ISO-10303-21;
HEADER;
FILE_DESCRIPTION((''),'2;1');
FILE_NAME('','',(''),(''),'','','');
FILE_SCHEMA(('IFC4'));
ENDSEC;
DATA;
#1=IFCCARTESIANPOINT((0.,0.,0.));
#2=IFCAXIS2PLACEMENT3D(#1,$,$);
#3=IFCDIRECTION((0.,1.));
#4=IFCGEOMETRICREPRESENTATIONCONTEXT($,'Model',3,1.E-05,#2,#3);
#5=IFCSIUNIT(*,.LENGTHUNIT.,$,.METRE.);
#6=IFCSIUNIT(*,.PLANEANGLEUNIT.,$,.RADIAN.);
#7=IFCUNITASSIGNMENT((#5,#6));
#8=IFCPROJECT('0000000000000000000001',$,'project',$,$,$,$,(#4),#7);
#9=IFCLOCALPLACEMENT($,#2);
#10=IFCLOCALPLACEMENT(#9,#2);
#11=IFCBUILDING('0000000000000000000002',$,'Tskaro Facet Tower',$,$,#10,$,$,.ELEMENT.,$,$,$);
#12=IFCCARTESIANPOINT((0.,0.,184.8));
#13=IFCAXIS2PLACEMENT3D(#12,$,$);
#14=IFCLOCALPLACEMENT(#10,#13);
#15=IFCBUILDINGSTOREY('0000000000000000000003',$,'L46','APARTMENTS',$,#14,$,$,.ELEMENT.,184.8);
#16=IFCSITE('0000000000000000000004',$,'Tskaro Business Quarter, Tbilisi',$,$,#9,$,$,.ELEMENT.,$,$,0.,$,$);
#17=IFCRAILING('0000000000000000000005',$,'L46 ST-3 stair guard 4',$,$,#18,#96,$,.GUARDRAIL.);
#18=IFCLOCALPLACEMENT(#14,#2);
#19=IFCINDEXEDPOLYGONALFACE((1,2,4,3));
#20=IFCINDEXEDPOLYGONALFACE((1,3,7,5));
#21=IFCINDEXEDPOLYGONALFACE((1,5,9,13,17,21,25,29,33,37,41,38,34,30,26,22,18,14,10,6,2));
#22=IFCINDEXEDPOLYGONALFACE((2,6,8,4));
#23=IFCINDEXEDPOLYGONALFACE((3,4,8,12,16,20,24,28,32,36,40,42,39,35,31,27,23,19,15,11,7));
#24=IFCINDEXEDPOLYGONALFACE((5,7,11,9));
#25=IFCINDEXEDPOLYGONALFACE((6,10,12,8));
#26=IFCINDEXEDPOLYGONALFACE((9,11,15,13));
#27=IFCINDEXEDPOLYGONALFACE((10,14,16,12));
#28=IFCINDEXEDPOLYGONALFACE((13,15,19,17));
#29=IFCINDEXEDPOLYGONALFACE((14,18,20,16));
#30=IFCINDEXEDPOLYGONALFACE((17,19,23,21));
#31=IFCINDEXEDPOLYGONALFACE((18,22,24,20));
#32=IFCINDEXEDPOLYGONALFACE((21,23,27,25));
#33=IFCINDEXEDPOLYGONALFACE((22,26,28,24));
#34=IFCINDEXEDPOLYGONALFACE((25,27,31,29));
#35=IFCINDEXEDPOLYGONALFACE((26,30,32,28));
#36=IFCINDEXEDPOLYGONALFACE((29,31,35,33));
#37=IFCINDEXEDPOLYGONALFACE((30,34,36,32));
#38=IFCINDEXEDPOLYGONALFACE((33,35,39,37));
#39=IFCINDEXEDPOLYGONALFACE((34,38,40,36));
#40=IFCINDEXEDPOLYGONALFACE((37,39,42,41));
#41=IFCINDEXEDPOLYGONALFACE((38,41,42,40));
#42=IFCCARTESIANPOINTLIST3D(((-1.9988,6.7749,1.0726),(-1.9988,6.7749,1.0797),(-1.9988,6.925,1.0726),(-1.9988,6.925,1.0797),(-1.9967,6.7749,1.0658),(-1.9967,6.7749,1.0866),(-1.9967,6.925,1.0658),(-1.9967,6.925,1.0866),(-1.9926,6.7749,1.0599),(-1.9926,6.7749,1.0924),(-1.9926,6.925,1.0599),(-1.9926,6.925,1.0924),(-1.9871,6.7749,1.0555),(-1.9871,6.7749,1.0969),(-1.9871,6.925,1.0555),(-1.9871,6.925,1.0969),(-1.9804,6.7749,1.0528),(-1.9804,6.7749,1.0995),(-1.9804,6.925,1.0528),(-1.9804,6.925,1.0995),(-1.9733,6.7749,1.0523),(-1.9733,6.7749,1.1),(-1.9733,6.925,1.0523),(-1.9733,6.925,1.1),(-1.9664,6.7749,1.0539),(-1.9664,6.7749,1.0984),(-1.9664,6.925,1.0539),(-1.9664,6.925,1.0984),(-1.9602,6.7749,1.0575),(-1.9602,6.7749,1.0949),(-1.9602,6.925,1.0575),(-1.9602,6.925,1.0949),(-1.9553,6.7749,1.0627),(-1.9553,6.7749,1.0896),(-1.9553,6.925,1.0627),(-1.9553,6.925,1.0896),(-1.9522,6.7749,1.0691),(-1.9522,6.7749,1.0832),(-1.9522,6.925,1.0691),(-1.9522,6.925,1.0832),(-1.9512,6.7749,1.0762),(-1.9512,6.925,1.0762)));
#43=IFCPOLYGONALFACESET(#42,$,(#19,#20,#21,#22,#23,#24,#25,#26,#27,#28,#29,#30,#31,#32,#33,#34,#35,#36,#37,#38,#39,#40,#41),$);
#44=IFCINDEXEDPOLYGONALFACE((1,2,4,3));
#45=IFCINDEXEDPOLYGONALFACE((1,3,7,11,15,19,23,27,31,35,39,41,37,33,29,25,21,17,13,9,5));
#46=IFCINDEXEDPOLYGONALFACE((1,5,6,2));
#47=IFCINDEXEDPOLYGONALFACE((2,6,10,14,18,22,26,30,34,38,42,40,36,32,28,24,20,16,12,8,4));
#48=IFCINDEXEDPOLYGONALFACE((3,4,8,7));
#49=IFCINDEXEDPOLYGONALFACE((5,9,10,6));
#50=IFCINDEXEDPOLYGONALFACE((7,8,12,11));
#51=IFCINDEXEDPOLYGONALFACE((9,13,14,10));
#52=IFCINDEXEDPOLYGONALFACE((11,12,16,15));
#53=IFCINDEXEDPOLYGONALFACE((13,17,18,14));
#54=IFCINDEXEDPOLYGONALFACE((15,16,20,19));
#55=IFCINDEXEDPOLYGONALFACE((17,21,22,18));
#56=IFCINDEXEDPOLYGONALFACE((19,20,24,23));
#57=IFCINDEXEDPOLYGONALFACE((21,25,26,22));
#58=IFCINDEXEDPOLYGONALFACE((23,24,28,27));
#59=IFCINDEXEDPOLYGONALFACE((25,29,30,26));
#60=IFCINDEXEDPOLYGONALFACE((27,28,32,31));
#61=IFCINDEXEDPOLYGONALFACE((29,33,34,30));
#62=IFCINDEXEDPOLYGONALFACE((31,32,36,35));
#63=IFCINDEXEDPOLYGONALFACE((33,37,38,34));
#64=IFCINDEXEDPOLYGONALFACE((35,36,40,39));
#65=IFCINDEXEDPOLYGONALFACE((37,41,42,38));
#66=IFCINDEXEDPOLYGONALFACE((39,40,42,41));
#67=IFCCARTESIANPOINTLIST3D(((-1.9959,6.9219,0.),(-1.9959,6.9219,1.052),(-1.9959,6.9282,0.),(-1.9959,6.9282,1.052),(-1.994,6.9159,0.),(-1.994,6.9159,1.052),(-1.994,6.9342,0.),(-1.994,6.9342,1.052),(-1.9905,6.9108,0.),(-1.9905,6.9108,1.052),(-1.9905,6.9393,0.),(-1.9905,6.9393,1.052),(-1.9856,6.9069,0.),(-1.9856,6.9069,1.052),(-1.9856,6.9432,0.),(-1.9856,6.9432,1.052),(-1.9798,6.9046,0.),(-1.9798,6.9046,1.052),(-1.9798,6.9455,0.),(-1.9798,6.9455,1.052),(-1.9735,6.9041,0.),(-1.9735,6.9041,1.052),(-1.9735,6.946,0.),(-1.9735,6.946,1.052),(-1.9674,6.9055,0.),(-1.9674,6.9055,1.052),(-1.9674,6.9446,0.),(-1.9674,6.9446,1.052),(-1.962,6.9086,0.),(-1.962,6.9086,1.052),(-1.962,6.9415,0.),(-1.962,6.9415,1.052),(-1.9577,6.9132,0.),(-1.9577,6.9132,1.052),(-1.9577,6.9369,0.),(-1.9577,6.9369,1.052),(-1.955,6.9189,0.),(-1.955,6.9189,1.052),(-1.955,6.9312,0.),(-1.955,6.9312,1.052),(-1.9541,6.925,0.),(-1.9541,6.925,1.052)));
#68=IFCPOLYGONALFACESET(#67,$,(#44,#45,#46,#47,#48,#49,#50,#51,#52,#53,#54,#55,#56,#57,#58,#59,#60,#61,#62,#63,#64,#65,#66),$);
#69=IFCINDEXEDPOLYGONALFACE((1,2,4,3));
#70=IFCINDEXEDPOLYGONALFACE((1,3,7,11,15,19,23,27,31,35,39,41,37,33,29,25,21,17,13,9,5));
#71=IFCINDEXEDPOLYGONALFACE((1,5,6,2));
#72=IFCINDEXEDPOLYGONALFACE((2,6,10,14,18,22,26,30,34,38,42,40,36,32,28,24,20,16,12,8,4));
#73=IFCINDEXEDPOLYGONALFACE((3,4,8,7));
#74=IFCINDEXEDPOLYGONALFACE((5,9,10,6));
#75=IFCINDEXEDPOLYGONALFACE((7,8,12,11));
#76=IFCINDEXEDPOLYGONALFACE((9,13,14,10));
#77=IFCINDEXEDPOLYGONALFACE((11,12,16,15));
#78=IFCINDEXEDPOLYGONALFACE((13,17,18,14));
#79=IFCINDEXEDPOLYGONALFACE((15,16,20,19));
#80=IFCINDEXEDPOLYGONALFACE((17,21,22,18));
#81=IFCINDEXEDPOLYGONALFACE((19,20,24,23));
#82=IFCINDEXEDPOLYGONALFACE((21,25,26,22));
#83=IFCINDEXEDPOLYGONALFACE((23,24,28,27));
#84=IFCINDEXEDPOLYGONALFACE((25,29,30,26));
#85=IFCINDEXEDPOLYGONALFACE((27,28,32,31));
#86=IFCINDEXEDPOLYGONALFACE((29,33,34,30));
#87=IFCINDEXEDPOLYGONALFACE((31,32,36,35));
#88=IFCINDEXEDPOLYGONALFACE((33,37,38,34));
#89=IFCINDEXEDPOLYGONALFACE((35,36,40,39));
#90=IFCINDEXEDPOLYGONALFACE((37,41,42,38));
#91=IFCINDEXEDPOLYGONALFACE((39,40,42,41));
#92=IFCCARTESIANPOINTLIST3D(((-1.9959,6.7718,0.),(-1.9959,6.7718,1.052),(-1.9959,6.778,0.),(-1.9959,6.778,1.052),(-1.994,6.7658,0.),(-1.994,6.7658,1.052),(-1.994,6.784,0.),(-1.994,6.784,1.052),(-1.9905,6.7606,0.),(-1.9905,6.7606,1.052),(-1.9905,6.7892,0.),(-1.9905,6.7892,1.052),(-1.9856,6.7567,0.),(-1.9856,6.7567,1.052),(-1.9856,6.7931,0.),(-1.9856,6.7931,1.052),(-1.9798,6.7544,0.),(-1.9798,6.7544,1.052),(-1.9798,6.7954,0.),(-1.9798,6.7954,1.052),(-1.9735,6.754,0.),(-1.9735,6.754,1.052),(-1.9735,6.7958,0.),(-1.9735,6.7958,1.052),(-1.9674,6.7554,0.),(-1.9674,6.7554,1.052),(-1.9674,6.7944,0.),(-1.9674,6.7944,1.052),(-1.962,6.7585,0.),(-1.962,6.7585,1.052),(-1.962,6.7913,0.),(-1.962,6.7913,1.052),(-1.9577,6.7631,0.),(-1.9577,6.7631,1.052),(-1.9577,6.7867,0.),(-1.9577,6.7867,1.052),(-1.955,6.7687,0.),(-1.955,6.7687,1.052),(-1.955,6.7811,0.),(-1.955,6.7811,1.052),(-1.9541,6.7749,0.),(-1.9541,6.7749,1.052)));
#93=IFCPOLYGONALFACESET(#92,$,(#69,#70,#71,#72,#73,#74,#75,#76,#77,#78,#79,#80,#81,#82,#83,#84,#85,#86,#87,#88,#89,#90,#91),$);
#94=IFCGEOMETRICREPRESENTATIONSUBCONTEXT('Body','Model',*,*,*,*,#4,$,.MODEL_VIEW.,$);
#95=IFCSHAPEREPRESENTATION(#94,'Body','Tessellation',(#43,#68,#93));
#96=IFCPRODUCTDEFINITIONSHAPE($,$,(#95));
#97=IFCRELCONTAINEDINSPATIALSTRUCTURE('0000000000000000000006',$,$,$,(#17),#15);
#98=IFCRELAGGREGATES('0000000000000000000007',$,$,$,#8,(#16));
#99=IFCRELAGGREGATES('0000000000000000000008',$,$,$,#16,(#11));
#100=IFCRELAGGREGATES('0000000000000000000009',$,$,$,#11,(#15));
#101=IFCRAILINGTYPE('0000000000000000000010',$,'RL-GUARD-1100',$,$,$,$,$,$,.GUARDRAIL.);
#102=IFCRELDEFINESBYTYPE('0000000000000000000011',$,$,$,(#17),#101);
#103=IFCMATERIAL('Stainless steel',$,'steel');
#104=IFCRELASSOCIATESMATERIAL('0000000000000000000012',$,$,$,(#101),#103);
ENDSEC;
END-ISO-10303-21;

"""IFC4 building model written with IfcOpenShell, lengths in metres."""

from ifc_helpers import new_model, si_unit, direction, frame, origin, origin_2d, place, context, subcontext, project, spatial, circle, extrude, material, type_object, element, save


model = new_model("IFC4")

# Units and contexts
model_context = context("Model", 3, precision=1e-05, world=origin(), true_north=direction((0.0, 1.0)))
body_context = subcontext(model_context, "Body", "Model", "MODEL_VIEW")
ifc_project = project(units=[si_unit("LENGTHUNIT", "METRE"), si_unit("PLANEANGLEUNIT", "RADIAN")], contexts=[model_context])

# Site, building, storey
site_placement = place(None, origin())
site = spatial("IfcSite", under=ifc_project, at=site_placement, Name="Tskaro Business Quarter, Tbilisi", CompositionType="ELEMENT", RefElevation=0.0)
building_placement = place(site_placement, origin())
building = spatial("IfcBuilding", under=site, at=building_placement, Name="Tskaro Facet Tower", CompositionType="ELEMENT")
storey_placement = place(building_placement, frame((0.0, 0.0, 184.8)))
storey = spatial("IfcBuildingStorey", under=building, at=storey_placement, Name="L46", Description="APARTMENTS", CompositionType="ELEMENT", Elevation=184.8)

# Railing
ifc_material_1 = material(Name="Stainless steel", Category="steel")
railing_type_1 = type_object("IfcRailingType", Name="RL-GUARD-1100", PredefinedType="GUARDRAIL", material=ifc_material_1)
railing_1_placement = place(storey_placement, frame((-1.9751, 6.925, 0.0)))
element("IfcRailing", 1, at=railing_1_placement, inside=storey, type_object=railing_type_1, Name="L46 ST-3 stair guard 4", PredefinedType="GUARDRAIL", context=body_context, shape_type="SweptSolid", body=[
    extrude(circle(Radius=0.0239, at=origin_2d()), frame((0.0, 0.0, 1.0762), z_axis=(0.0, -1.0, 0.0), x_axis=(1.0, 0.0, 0.0)), (0.0, 0.0, 1.0), 0.1501),
    extrude(circle(Radius=0.021, at=origin_2d()), origin(), (0.0, 0.0, 1.0), 1.052),
    extrude(circle(Radius=0.021, at=origin_2d()), frame((0.0, -0.1501, 0.0)), (0.0, 0.0, 1.0), 1.052),
])

save(model, "model.ifc")
